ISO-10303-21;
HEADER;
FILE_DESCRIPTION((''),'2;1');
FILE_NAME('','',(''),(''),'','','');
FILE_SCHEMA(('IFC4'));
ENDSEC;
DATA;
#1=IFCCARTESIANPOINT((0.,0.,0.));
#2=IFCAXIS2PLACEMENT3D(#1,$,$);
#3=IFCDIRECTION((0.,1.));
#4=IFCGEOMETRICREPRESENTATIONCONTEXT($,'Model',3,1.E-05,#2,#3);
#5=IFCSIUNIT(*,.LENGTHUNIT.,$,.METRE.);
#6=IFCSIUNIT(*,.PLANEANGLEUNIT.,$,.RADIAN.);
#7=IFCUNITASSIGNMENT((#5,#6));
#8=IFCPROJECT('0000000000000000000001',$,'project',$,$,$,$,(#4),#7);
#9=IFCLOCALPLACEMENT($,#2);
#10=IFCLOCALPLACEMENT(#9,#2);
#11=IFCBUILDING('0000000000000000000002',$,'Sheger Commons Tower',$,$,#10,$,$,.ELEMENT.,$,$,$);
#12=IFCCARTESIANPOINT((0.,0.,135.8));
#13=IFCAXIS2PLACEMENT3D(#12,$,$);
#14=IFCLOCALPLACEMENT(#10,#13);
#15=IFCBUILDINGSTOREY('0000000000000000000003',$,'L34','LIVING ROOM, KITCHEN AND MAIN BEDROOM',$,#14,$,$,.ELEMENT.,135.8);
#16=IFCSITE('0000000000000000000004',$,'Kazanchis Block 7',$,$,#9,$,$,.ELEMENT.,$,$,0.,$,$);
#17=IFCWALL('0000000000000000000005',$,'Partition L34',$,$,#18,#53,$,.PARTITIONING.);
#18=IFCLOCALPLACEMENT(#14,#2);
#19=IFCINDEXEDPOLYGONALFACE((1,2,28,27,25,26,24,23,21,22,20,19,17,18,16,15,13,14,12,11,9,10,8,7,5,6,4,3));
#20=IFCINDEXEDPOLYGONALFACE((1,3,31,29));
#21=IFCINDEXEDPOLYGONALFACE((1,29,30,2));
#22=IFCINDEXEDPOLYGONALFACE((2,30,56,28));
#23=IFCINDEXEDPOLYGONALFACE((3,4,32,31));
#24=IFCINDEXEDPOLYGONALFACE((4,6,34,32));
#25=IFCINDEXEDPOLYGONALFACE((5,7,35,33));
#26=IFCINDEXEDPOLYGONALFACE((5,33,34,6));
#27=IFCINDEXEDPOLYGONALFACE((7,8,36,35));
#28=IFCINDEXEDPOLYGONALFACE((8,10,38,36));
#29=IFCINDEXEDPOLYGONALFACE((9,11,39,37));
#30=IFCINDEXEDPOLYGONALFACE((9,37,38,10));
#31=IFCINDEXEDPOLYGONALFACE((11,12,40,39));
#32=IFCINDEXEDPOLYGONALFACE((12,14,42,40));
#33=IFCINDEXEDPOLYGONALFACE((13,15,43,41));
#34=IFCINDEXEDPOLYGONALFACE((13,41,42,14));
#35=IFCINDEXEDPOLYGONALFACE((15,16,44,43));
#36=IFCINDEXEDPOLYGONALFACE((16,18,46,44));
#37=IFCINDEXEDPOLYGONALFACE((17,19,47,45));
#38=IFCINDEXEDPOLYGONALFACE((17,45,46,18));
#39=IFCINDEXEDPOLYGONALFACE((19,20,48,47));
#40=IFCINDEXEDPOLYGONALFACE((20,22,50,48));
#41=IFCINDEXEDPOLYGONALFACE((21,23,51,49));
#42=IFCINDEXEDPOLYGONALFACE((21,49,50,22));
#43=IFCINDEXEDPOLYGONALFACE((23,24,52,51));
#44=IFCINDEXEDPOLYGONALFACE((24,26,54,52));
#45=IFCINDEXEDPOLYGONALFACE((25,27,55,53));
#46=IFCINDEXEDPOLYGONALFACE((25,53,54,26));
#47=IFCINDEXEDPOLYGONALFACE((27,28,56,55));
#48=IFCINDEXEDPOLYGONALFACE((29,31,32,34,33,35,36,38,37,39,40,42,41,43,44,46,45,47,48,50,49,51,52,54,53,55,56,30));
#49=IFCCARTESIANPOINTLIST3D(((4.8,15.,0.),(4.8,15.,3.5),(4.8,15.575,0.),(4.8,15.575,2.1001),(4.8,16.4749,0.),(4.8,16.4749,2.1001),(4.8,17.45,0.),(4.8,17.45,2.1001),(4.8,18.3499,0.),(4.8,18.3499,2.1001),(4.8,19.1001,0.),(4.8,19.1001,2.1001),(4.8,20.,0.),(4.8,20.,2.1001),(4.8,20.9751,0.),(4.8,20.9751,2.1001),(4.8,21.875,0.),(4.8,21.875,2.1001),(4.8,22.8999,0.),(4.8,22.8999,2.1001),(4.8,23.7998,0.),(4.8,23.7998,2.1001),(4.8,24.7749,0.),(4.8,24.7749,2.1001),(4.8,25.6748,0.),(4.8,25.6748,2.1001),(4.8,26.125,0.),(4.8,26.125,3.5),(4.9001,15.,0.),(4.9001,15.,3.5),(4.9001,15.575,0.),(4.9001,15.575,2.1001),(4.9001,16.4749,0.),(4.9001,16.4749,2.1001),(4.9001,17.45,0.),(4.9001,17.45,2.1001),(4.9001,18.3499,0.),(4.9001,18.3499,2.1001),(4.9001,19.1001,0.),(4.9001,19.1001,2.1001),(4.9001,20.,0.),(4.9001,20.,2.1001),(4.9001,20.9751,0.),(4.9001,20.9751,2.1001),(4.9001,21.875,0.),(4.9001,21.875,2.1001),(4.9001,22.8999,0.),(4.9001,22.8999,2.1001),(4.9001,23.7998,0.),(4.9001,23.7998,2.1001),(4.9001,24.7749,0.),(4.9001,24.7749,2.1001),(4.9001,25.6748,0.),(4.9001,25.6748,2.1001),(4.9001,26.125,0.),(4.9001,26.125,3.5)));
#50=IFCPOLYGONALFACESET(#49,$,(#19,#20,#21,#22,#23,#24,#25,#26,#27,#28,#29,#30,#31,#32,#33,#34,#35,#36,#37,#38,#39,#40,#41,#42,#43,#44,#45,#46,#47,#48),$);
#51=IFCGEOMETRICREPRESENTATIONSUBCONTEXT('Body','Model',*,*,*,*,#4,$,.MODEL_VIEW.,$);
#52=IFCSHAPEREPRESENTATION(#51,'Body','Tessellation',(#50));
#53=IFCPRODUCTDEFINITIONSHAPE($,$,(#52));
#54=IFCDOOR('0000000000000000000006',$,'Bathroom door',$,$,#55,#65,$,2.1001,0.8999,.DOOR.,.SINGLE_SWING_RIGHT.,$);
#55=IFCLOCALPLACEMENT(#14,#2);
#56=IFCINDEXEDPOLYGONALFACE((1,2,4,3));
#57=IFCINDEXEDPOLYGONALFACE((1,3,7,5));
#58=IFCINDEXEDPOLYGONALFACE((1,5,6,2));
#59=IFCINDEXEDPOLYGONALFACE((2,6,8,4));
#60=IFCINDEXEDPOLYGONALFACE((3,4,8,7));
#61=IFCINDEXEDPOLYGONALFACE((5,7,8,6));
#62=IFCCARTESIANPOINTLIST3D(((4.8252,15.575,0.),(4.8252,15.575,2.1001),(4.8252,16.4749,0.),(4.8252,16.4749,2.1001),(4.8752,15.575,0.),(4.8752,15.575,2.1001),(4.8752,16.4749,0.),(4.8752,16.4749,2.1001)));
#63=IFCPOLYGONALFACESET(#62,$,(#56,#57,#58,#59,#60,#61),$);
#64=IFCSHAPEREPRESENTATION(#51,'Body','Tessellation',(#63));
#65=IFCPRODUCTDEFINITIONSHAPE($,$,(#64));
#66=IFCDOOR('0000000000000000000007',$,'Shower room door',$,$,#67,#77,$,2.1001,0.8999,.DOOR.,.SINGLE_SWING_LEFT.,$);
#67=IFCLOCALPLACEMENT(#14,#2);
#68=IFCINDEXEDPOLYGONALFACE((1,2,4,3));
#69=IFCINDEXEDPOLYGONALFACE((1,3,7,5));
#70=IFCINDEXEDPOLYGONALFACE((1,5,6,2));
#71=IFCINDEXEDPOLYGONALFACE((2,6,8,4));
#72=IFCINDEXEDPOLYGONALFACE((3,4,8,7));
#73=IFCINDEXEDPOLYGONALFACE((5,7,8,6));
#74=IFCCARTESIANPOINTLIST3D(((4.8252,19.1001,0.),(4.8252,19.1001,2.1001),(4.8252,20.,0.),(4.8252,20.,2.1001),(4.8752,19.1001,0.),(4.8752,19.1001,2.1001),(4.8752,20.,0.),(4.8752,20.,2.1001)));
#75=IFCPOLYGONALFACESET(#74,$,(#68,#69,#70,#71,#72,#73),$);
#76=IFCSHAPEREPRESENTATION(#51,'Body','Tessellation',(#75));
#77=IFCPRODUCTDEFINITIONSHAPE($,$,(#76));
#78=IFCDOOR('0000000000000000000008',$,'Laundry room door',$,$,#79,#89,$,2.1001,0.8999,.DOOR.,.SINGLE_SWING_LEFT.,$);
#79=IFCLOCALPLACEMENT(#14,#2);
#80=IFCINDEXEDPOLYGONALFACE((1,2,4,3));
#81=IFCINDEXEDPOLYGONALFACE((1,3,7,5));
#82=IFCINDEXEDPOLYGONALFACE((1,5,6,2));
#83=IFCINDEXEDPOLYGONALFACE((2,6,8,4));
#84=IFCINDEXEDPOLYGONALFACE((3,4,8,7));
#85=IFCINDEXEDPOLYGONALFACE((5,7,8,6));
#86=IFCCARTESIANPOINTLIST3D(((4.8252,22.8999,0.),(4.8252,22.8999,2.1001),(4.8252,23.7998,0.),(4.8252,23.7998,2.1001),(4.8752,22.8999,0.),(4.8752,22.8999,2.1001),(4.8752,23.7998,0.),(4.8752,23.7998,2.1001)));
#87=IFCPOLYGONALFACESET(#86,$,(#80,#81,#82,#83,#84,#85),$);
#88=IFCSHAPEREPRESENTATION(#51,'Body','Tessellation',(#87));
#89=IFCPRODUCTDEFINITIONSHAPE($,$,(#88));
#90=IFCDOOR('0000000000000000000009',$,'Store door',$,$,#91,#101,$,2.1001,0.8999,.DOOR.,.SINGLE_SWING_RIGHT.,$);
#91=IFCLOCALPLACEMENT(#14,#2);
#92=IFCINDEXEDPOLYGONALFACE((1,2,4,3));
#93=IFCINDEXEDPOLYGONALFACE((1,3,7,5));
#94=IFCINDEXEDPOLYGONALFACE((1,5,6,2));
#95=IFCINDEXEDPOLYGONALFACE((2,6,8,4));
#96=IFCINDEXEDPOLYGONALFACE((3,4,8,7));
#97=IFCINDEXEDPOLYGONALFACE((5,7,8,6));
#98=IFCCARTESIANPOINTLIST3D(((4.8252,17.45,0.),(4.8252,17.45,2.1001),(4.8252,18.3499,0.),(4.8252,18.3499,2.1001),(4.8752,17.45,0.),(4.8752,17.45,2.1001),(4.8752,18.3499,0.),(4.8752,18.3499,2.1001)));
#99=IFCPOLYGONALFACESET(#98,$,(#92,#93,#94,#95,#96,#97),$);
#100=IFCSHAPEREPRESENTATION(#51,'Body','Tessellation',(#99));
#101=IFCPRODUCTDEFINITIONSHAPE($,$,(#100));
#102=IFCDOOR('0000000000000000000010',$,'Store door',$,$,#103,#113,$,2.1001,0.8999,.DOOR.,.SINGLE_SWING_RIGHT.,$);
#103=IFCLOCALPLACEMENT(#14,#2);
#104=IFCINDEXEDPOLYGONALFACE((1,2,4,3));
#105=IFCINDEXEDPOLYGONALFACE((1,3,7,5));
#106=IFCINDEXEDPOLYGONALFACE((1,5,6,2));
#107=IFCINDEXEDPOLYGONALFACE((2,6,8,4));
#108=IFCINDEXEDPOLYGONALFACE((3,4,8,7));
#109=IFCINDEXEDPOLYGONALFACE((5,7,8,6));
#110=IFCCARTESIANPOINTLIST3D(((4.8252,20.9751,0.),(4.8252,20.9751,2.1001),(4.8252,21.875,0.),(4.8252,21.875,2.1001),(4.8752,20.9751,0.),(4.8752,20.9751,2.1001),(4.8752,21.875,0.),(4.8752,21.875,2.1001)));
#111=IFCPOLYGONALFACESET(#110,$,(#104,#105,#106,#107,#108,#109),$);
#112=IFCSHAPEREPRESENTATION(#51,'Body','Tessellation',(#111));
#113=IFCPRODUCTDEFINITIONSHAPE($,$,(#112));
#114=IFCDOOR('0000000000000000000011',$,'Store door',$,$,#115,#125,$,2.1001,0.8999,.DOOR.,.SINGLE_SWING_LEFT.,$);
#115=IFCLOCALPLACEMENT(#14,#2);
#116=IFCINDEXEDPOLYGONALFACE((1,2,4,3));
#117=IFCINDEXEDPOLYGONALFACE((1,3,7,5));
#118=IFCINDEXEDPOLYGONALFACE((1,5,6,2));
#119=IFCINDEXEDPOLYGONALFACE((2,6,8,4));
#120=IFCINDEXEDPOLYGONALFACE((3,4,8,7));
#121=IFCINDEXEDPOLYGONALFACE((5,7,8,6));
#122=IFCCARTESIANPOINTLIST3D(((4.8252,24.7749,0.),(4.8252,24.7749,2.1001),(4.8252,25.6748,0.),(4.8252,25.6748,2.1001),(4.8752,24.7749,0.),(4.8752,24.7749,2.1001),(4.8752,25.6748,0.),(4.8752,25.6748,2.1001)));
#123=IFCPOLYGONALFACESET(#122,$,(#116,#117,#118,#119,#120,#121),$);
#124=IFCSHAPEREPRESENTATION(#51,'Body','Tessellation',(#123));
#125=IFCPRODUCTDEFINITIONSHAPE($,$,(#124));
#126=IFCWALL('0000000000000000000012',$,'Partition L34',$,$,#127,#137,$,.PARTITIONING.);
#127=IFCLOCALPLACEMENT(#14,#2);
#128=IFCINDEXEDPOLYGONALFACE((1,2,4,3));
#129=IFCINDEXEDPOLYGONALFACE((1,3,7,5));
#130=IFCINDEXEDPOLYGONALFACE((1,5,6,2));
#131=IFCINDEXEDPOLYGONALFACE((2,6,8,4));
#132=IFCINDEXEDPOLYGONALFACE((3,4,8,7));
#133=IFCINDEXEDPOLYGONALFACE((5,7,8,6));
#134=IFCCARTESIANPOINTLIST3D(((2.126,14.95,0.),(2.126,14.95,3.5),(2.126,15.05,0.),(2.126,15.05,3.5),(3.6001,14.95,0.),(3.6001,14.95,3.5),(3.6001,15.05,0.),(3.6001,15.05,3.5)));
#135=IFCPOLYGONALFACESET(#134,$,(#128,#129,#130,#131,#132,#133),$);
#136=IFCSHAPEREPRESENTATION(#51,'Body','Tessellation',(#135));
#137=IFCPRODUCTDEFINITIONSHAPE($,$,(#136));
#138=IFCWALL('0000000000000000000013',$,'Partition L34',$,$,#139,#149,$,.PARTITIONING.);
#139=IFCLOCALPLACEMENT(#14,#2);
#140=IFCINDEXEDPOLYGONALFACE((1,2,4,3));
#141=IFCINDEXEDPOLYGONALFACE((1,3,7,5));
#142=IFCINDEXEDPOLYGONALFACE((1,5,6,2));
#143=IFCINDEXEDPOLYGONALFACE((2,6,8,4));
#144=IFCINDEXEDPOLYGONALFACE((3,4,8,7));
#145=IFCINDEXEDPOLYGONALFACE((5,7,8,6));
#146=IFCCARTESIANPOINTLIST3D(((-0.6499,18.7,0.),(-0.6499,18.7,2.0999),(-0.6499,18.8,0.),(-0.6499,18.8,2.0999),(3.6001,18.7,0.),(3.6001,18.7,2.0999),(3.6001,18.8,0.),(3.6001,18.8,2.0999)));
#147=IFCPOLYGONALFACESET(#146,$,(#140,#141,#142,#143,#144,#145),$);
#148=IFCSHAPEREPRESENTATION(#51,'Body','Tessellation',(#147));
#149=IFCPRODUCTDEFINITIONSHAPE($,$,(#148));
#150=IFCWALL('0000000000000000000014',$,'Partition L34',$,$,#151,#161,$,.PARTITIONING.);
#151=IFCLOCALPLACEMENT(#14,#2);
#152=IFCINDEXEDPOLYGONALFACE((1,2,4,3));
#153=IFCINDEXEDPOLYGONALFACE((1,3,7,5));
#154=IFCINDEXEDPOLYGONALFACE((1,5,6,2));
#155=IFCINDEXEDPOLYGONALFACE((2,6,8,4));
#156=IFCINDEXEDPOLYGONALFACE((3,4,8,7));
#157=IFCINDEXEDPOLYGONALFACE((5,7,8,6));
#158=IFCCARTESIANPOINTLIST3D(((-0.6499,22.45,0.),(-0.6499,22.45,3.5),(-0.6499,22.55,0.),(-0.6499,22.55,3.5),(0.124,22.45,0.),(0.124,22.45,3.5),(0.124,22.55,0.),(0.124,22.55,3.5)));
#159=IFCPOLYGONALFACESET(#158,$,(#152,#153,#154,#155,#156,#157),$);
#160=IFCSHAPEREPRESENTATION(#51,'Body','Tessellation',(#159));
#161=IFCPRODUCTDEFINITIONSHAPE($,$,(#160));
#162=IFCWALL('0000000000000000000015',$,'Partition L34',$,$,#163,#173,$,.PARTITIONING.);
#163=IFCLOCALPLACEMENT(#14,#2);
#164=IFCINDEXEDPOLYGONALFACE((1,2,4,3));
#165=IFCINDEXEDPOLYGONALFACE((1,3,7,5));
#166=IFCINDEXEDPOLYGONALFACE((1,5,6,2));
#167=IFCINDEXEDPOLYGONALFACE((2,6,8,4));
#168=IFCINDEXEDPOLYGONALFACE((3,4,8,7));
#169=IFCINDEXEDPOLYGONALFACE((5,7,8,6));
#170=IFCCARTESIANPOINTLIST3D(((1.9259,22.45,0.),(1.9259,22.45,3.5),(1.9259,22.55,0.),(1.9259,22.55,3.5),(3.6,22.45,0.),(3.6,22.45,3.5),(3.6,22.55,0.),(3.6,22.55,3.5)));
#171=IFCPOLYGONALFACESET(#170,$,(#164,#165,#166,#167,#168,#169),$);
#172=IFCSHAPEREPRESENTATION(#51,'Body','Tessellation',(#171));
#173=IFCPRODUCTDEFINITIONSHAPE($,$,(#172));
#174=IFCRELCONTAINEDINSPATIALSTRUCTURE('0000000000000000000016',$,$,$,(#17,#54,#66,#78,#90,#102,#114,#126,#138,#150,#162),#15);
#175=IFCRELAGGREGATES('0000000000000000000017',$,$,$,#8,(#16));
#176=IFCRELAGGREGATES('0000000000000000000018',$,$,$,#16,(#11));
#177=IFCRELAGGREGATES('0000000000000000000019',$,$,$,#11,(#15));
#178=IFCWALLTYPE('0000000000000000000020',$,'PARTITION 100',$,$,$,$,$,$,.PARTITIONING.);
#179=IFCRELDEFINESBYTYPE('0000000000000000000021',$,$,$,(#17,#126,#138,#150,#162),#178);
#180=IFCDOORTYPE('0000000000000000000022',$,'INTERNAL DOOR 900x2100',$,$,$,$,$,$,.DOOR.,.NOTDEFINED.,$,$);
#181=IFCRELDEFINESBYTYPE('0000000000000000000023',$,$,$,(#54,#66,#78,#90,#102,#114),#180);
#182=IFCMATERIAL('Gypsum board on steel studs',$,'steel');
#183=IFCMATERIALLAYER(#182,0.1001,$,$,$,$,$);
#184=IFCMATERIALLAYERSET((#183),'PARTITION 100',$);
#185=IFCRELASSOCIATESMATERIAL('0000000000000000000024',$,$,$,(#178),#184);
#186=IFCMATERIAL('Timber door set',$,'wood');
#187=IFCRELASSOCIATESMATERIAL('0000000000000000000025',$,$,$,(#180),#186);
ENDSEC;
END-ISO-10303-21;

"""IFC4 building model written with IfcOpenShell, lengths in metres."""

from ifc_helpers import new_model, si_unit, direction, frame, frame_2d, origin, place, context, subcontext, project, spatial, rectangle, extrude, material, layer, layer_set, type_object, element, fill, save


model = new_model("IFC4")

# Units and contexts
model_context = context("Model", 3, precision=1e-05, world=origin(), true_north=direction((0.0, 1.0)))
body_context = subcontext(model_context, "Body", "Model", "MODEL_VIEW")
ifc_project = project(units=[si_unit("LENGTHUNIT", "METRE"), si_unit("PLANEANGLEUNIT", "RADIAN")], contexts=[model_context])

# Site, building, storey
site_placement = place(None, origin())
site = spatial("IfcSite", under=ifc_project, at=site_placement, Name="Kazanchis Block 7", CompositionType="ELEMENT", RefElevation=0.0)
building_placement = place(site_placement, origin())
building = spatial("IfcBuilding", under=site, at=building_placement, Name="Sheger Commons Tower", CompositionType="ELEMENT")
storey_placement = place(building_placement, frame((0.0, 0.0, 135.8)))
storey = spatial("IfcBuildingStorey", under=building, at=storey_placement, Name="L34", Description="LIVING ROOM, KITCHEN AND MAIN BEDROOM", CompositionType="ELEMENT", Elevation=135.8)

# Wall, openings, doors
ifc_material_1 = material(Name="Gypsum board on steel studs", Category="steel")
ifc_layer_1 = layer(ifc_material_1, 0.1001)
ifc_layer_set_1 = layer_set([ifc_layer_1], Name="PARTITION 100")
wall_type = type_object("IfcWallType", Name="PARTITION 100", PredefinedType="PARTITIONING", material=ifc_layer_set_1)
ifc_material_2 = material(Name="Timber door set", Category="wood")
door_type = type_object("IfcDoorType", Name="INTERNAL DOOR 900x2100", OperationType="NOTDEFINED", PredefinedType="DOOR", material=ifc_material_2)
wall_1_placement = place(storey_placement, frame((4.8501, 15.0, 0.0), z_axis=(0.0, 0.0, 1.0), x_axis=(0.0, 1.0, 0.0)))
wall_1 = element("IfcWall", 1, at=wall_1_placement, inside=storey, type_object=wall_type, Name="Partition L34", PredefinedType="PARTITIONING", context=body_context, shape_type="SweptSolid", body=[
    extrude(rectangle(XDim=11.125, YDim=0.1001, at=frame_2d((5.5625, 0.0))), origin(), (0.0, 0.0, 1.0), 3.5),
])
opening_1_placement = place(wall_1_placement, frame((0.575, 0.0, 0.0)))
opening_1 = element("IfcOpeningElement", 2, at=opening_1_placement, cuts=wall_1, PredefinedType="OPENING", context=body_context, shape_type="SweptSolid", body=[
    extrude(rectangle(XDim=0.8999, YDim=2.1001, at=frame_2d((0.45, 1.05))), frame((0.0, 0.0601, 0.0), z_axis=(0.0, -1.0, 0.0), x_axis=(1.0, 0.0, 0.0)), (0.0, 0.0, 1.0), 0.1201),
])
opening_2_placement = place(wall_1_placement, frame((4.1001, 0.0, 0.0)))
opening_2 = element("IfcOpeningElement", 3, at=opening_2_placement, cuts=wall_1, PredefinedType="OPENING", context=body_context, shape_type="SweptSolid", body=[
    extrude(rectangle(XDim=0.8999, YDim=2.1001, at=frame_2d((0.45, 1.05))), frame((0.0, 0.0601, 0.0), z_axis=(0.0, -1.0, 0.0), x_axis=(1.0, 0.0, 0.0)), (0.0, 0.0, 1.0), 0.1201),
])
opening_3_placement = place(wall_1_placement, frame((7.8999, 0.0, 0.0)))
opening_3 = element("IfcOpeningElement", 4, at=opening_3_placement, cuts=wall_1, PredefinedType="OPENING", context=body_context, shape_type="SweptSolid", body=[
    extrude(rectangle(XDim=0.8999, YDim=2.1001, at=frame_2d((0.45, 1.05))), frame((0.0, 0.0601, 0.0), z_axis=(0.0, -1.0, 0.0), x_axis=(1.0, 0.0, 0.0)), (0.0, 0.0, 1.0), 0.1201),
])
opening_4_placement = place(wall_1_placement, frame((2.45, 0.0, 0.0)))
opening_4 = element("IfcOpeningElement", 5, at=opening_4_placement, cuts=wall_1, PredefinedType="OPENING", context=body_context, shape_type="SweptSolid", body=[
    extrude(rectangle(XDim=0.8999, YDim=2.1001, at=frame_2d((0.45, 1.05))), frame((0.0, 0.0601, 0.0), z_axis=(0.0, -1.0, 0.0), x_axis=(1.0, 0.0, 0.0)), (0.0, 0.0, 1.0), 0.1201),
])
opening_5_placement = place(wall_1_placement, frame((5.9751, 0.0, 0.0)))
opening_5 = element("IfcOpeningElement", 6, at=opening_5_placement, cuts=wall_1, PredefinedType="OPENING", context=body_context, shape_type="SweptSolid", body=[
    extrude(rectangle(XDim=0.8999, YDim=2.1001, at=frame_2d((0.45, 1.05))), frame((0.0, 0.0601, 0.0), z_axis=(0.0, -1.0, 0.0), x_axis=(1.0, 0.0, 0.0)), (0.0, 0.0, 1.0), 0.1201),
])
opening_6_placement = place(wall_1_placement, frame((9.7749, 0.0, 0.0)))
opening_6 = element("IfcOpeningElement", 7, at=opening_6_placement, cuts=wall_1, PredefinedType="OPENING", context=body_context, shape_type="SweptSolid", body=[
    extrude(rectangle(XDim=0.8999, YDim=2.1001, at=frame_2d((0.45, 1.05))), frame((0.0, 0.0601, 0.0), z_axis=(0.0, -1.0, 0.0), x_axis=(1.0, 0.0, 0.0)), (0.0, 0.0, 1.0), 0.1201),
])
door_1_placement = place(opening_1_placement, origin())
door_1 = element("IfcDoor", 8, at=door_1_placement, inside=storey, type_object=door_type, Name="Bathroom door", OperationType="SINGLE_SWING_RIGHT", OverallHeight=2.1001, OverallWidth=0.8999, PredefinedType="DOOR", context=body_context, shape_type="SweptSolid", body=[
    extrude(rectangle(XDim=0.8999, YDim=2.1001, at=frame_2d((0.45, 1.05))), frame((0.0, 0.0249, 0.0), z_axis=(0.0, -1.0, 0.0), x_axis=(1.0, 0.0, 0.0)), (0.0, 0.0, 1.0), 0.05),
])
fill(opening_1, door_1)
door_2_placement = place(opening_2_placement, origin())
door_2 = element("IfcDoor", 9, at=door_2_placement, inside=storey, type_object=door_type, Name="Shower room door", OperationType="SINGLE_SWING_LEFT", OverallHeight=2.1001, OverallWidth=0.8999, PredefinedType="DOOR", context=body_context, shape_type="SweptSolid", body=[
    extrude(rectangle(XDim=0.8999, YDim=2.1001, at=frame_2d((0.45, 1.05))), frame((0.0, 0.0249, 0.0), z_axis=(0.0, -1.0, 0.0), x_axis=(1.0, 0.0, 0.0)), (0.0, 0.0, 1.0), 0.05),
])
fill(opening_2, door_2)
door_3_placement = place(opening_3_placement, origin())
door_3 = element("IfcDoor", 10, at=door_3_placement, inside=storey, type_object=door_type, Name="Laundry room door", OperationType="SINGLE_SWING_LEFT", OverallHeight=2.1001, OverallWidth=0.8999, PredefinedType="DOOR", context=body_context, shape_type="SweptSolid", body=[
    extrude(rectangle(XDim=0.8999, YDim=2.1001, at=frame_2d((0.45, 1.05))), frame((0.0, 0.0249, 0.0), z_axis=(0.0, -1.0, 0.0), x_axis=(1.0, 0.0, 0.0)), (0.0, 0.0, 1.0), 0.05),
])
fill(opening_3, door_3)
door_4_placement = place(opening_4_placement, origin())
door_4 = element("IfcDoor", 11, at=door_4_placement, inside=storey, type_object=door_type, Name="Store door", OperationType="SINGLE_SWING_RIGHT", OverallHeight=2.1001, OverallWidth=0.8999, PredefinedType="DOOR", context=body_context, shape_type="SweptSolid", body=[
    extrude(rectangle(XDim=0.8999, YDim=2.1001, at=frame_2d((0.45, 1.05))), frame((0.0, 0.0249, 0.0), z_axis=(0.0, -1.0, 0.0), x_axis=(1.0, 0.0, 0.0)), (0.0, 0.0, 1.0), 0.05),
])
fill(opening_4, door_4)
door_5_placement = place(opening_5_placement, origin())
door_5 = element("IfcDoor", 12, at=door_5_placement, inside=storey, type_object=door_type, Name="Store door", OperationType="SINGLE_SWING_RIGHT", OverallHeight=2.1001, OverallWidth=0.8999, PredefinedType="DOOR", context=body_context, shape_type="SweptSolid", body=[
    extrude(rectangle(XDim=0.8999, YDim=2.1001, at=frame_2d((0.45, 1.05))), frame((0.0, 0.0249, 0.0), z_axis=(0.0, -1.0, 0.0), x_axis=(1.0, 0.0, 0.0)), (0.0, 0.0, 1.0), 0.05),
])
fill(opening_5, door_5)
door_6_placement = place(opening_6_placement, origin())
door_6 = element("IfcDoor", 13, at=door_6_placement, inside=storey, type_object=door_type, Name="Store door", OperationType="SINGLE_SWING_LEFT", OverallHeight=2.1001, OverallWidth=0.8999, PredefinedType="DOOR", context=body_context, shape_type="SweptSolid", body=[
    extrude(rectangle(XDim=0.8999, YDim=2.1001, at=frame_2d((0.45, 1.05))), frame((0.0, 0.0249, 0.0), z_axis=(0.0, -1.0, 0.0), x_axis=(1.0, 0.0, 0.0)), (0.0, 0.0, 1.0), 0.05),
])
fill(opening_6, door_6)

# Walls
wall_2_placement = place(storey_placement, frame((2.126, 15.0, 0.0), z_axis=(0.0, 0.0, 1.0), x_axis=(1.0, 0.0, 0.0)))
element("IfcWall", 14, at=wall_2_placement, inside=storey, type_object=wall_type, Name="Partition L34", PredefinedType="PARTITIONING", context=body_context, shape_type="SweptSolid", body=[
    extrude(rectangle(XDim=1.4741, YDim=0.1001, at=frame_2d((0.7371, 0.0))), origin(), (0.0, 0.0, 1.0), 3.5),
])
wall_3_placement = place(storey_placement, frame((-0.6499, 18.75, 0.0), z_axis=(0.0, 0.0, 1.0), x_axis=(1.0, 0.0, 0.0)))
element("IfcWall", 15, at=wall_3_placement, inside=storey, type_object=wall_type, Name="Partition L34", PredefinedType="PARTITIONING", context=body_context, shape_type="SweptSolid", body=[
    extrude(rectangle(XDim=4.25, YDim=0.1001, at=frame_2d((2.125, 0.0))), origin(), (0.0, 0.0, 1.0), 2.0999),
])
wall_4_placement = place(storey_placement, frame((-0.6499, 22.5, 0.0), z_axis=(0.0, 0.0, 1.0), x_axis=(1.0, 0.0, 0.0)))
element("IfcWall", 16, at=wall_4_placement, inside=storey, type_object=wall_type, Name="Partition L34", PredefinedType="PARTITIONING", context=body_context, shape_type="SweptSolid", body=[
    extrude(rectangle(XDim=0.7739, YDim=0.1001, at=frame_2d((0.387, 0.0))), origin(), (0.0, 0.0, 1.0), 3.5),
])
wall_5_placement = place(storey_placement, frame((1.926, 22.5, 0.0), z_axis=(0.0, 0.0, 1.0), x_axis=(1.0, 0.0, 0.0)))
element("IfcWall", 17, at=wall_5_placement, inside=storey, type_object=wall_type, Name="Partition L34", PredefinedType="PARTITIONING", context=body_context, shape_type="SweptSolid", body=[
    extrude(rectangle(XDim=1.6741, YDim=0.1001, at=frame_2d((0.8369, 0.0))), origin(), (0.0, 0.0, 1.0), 3.5),
])

save(model, "model.ifc")
